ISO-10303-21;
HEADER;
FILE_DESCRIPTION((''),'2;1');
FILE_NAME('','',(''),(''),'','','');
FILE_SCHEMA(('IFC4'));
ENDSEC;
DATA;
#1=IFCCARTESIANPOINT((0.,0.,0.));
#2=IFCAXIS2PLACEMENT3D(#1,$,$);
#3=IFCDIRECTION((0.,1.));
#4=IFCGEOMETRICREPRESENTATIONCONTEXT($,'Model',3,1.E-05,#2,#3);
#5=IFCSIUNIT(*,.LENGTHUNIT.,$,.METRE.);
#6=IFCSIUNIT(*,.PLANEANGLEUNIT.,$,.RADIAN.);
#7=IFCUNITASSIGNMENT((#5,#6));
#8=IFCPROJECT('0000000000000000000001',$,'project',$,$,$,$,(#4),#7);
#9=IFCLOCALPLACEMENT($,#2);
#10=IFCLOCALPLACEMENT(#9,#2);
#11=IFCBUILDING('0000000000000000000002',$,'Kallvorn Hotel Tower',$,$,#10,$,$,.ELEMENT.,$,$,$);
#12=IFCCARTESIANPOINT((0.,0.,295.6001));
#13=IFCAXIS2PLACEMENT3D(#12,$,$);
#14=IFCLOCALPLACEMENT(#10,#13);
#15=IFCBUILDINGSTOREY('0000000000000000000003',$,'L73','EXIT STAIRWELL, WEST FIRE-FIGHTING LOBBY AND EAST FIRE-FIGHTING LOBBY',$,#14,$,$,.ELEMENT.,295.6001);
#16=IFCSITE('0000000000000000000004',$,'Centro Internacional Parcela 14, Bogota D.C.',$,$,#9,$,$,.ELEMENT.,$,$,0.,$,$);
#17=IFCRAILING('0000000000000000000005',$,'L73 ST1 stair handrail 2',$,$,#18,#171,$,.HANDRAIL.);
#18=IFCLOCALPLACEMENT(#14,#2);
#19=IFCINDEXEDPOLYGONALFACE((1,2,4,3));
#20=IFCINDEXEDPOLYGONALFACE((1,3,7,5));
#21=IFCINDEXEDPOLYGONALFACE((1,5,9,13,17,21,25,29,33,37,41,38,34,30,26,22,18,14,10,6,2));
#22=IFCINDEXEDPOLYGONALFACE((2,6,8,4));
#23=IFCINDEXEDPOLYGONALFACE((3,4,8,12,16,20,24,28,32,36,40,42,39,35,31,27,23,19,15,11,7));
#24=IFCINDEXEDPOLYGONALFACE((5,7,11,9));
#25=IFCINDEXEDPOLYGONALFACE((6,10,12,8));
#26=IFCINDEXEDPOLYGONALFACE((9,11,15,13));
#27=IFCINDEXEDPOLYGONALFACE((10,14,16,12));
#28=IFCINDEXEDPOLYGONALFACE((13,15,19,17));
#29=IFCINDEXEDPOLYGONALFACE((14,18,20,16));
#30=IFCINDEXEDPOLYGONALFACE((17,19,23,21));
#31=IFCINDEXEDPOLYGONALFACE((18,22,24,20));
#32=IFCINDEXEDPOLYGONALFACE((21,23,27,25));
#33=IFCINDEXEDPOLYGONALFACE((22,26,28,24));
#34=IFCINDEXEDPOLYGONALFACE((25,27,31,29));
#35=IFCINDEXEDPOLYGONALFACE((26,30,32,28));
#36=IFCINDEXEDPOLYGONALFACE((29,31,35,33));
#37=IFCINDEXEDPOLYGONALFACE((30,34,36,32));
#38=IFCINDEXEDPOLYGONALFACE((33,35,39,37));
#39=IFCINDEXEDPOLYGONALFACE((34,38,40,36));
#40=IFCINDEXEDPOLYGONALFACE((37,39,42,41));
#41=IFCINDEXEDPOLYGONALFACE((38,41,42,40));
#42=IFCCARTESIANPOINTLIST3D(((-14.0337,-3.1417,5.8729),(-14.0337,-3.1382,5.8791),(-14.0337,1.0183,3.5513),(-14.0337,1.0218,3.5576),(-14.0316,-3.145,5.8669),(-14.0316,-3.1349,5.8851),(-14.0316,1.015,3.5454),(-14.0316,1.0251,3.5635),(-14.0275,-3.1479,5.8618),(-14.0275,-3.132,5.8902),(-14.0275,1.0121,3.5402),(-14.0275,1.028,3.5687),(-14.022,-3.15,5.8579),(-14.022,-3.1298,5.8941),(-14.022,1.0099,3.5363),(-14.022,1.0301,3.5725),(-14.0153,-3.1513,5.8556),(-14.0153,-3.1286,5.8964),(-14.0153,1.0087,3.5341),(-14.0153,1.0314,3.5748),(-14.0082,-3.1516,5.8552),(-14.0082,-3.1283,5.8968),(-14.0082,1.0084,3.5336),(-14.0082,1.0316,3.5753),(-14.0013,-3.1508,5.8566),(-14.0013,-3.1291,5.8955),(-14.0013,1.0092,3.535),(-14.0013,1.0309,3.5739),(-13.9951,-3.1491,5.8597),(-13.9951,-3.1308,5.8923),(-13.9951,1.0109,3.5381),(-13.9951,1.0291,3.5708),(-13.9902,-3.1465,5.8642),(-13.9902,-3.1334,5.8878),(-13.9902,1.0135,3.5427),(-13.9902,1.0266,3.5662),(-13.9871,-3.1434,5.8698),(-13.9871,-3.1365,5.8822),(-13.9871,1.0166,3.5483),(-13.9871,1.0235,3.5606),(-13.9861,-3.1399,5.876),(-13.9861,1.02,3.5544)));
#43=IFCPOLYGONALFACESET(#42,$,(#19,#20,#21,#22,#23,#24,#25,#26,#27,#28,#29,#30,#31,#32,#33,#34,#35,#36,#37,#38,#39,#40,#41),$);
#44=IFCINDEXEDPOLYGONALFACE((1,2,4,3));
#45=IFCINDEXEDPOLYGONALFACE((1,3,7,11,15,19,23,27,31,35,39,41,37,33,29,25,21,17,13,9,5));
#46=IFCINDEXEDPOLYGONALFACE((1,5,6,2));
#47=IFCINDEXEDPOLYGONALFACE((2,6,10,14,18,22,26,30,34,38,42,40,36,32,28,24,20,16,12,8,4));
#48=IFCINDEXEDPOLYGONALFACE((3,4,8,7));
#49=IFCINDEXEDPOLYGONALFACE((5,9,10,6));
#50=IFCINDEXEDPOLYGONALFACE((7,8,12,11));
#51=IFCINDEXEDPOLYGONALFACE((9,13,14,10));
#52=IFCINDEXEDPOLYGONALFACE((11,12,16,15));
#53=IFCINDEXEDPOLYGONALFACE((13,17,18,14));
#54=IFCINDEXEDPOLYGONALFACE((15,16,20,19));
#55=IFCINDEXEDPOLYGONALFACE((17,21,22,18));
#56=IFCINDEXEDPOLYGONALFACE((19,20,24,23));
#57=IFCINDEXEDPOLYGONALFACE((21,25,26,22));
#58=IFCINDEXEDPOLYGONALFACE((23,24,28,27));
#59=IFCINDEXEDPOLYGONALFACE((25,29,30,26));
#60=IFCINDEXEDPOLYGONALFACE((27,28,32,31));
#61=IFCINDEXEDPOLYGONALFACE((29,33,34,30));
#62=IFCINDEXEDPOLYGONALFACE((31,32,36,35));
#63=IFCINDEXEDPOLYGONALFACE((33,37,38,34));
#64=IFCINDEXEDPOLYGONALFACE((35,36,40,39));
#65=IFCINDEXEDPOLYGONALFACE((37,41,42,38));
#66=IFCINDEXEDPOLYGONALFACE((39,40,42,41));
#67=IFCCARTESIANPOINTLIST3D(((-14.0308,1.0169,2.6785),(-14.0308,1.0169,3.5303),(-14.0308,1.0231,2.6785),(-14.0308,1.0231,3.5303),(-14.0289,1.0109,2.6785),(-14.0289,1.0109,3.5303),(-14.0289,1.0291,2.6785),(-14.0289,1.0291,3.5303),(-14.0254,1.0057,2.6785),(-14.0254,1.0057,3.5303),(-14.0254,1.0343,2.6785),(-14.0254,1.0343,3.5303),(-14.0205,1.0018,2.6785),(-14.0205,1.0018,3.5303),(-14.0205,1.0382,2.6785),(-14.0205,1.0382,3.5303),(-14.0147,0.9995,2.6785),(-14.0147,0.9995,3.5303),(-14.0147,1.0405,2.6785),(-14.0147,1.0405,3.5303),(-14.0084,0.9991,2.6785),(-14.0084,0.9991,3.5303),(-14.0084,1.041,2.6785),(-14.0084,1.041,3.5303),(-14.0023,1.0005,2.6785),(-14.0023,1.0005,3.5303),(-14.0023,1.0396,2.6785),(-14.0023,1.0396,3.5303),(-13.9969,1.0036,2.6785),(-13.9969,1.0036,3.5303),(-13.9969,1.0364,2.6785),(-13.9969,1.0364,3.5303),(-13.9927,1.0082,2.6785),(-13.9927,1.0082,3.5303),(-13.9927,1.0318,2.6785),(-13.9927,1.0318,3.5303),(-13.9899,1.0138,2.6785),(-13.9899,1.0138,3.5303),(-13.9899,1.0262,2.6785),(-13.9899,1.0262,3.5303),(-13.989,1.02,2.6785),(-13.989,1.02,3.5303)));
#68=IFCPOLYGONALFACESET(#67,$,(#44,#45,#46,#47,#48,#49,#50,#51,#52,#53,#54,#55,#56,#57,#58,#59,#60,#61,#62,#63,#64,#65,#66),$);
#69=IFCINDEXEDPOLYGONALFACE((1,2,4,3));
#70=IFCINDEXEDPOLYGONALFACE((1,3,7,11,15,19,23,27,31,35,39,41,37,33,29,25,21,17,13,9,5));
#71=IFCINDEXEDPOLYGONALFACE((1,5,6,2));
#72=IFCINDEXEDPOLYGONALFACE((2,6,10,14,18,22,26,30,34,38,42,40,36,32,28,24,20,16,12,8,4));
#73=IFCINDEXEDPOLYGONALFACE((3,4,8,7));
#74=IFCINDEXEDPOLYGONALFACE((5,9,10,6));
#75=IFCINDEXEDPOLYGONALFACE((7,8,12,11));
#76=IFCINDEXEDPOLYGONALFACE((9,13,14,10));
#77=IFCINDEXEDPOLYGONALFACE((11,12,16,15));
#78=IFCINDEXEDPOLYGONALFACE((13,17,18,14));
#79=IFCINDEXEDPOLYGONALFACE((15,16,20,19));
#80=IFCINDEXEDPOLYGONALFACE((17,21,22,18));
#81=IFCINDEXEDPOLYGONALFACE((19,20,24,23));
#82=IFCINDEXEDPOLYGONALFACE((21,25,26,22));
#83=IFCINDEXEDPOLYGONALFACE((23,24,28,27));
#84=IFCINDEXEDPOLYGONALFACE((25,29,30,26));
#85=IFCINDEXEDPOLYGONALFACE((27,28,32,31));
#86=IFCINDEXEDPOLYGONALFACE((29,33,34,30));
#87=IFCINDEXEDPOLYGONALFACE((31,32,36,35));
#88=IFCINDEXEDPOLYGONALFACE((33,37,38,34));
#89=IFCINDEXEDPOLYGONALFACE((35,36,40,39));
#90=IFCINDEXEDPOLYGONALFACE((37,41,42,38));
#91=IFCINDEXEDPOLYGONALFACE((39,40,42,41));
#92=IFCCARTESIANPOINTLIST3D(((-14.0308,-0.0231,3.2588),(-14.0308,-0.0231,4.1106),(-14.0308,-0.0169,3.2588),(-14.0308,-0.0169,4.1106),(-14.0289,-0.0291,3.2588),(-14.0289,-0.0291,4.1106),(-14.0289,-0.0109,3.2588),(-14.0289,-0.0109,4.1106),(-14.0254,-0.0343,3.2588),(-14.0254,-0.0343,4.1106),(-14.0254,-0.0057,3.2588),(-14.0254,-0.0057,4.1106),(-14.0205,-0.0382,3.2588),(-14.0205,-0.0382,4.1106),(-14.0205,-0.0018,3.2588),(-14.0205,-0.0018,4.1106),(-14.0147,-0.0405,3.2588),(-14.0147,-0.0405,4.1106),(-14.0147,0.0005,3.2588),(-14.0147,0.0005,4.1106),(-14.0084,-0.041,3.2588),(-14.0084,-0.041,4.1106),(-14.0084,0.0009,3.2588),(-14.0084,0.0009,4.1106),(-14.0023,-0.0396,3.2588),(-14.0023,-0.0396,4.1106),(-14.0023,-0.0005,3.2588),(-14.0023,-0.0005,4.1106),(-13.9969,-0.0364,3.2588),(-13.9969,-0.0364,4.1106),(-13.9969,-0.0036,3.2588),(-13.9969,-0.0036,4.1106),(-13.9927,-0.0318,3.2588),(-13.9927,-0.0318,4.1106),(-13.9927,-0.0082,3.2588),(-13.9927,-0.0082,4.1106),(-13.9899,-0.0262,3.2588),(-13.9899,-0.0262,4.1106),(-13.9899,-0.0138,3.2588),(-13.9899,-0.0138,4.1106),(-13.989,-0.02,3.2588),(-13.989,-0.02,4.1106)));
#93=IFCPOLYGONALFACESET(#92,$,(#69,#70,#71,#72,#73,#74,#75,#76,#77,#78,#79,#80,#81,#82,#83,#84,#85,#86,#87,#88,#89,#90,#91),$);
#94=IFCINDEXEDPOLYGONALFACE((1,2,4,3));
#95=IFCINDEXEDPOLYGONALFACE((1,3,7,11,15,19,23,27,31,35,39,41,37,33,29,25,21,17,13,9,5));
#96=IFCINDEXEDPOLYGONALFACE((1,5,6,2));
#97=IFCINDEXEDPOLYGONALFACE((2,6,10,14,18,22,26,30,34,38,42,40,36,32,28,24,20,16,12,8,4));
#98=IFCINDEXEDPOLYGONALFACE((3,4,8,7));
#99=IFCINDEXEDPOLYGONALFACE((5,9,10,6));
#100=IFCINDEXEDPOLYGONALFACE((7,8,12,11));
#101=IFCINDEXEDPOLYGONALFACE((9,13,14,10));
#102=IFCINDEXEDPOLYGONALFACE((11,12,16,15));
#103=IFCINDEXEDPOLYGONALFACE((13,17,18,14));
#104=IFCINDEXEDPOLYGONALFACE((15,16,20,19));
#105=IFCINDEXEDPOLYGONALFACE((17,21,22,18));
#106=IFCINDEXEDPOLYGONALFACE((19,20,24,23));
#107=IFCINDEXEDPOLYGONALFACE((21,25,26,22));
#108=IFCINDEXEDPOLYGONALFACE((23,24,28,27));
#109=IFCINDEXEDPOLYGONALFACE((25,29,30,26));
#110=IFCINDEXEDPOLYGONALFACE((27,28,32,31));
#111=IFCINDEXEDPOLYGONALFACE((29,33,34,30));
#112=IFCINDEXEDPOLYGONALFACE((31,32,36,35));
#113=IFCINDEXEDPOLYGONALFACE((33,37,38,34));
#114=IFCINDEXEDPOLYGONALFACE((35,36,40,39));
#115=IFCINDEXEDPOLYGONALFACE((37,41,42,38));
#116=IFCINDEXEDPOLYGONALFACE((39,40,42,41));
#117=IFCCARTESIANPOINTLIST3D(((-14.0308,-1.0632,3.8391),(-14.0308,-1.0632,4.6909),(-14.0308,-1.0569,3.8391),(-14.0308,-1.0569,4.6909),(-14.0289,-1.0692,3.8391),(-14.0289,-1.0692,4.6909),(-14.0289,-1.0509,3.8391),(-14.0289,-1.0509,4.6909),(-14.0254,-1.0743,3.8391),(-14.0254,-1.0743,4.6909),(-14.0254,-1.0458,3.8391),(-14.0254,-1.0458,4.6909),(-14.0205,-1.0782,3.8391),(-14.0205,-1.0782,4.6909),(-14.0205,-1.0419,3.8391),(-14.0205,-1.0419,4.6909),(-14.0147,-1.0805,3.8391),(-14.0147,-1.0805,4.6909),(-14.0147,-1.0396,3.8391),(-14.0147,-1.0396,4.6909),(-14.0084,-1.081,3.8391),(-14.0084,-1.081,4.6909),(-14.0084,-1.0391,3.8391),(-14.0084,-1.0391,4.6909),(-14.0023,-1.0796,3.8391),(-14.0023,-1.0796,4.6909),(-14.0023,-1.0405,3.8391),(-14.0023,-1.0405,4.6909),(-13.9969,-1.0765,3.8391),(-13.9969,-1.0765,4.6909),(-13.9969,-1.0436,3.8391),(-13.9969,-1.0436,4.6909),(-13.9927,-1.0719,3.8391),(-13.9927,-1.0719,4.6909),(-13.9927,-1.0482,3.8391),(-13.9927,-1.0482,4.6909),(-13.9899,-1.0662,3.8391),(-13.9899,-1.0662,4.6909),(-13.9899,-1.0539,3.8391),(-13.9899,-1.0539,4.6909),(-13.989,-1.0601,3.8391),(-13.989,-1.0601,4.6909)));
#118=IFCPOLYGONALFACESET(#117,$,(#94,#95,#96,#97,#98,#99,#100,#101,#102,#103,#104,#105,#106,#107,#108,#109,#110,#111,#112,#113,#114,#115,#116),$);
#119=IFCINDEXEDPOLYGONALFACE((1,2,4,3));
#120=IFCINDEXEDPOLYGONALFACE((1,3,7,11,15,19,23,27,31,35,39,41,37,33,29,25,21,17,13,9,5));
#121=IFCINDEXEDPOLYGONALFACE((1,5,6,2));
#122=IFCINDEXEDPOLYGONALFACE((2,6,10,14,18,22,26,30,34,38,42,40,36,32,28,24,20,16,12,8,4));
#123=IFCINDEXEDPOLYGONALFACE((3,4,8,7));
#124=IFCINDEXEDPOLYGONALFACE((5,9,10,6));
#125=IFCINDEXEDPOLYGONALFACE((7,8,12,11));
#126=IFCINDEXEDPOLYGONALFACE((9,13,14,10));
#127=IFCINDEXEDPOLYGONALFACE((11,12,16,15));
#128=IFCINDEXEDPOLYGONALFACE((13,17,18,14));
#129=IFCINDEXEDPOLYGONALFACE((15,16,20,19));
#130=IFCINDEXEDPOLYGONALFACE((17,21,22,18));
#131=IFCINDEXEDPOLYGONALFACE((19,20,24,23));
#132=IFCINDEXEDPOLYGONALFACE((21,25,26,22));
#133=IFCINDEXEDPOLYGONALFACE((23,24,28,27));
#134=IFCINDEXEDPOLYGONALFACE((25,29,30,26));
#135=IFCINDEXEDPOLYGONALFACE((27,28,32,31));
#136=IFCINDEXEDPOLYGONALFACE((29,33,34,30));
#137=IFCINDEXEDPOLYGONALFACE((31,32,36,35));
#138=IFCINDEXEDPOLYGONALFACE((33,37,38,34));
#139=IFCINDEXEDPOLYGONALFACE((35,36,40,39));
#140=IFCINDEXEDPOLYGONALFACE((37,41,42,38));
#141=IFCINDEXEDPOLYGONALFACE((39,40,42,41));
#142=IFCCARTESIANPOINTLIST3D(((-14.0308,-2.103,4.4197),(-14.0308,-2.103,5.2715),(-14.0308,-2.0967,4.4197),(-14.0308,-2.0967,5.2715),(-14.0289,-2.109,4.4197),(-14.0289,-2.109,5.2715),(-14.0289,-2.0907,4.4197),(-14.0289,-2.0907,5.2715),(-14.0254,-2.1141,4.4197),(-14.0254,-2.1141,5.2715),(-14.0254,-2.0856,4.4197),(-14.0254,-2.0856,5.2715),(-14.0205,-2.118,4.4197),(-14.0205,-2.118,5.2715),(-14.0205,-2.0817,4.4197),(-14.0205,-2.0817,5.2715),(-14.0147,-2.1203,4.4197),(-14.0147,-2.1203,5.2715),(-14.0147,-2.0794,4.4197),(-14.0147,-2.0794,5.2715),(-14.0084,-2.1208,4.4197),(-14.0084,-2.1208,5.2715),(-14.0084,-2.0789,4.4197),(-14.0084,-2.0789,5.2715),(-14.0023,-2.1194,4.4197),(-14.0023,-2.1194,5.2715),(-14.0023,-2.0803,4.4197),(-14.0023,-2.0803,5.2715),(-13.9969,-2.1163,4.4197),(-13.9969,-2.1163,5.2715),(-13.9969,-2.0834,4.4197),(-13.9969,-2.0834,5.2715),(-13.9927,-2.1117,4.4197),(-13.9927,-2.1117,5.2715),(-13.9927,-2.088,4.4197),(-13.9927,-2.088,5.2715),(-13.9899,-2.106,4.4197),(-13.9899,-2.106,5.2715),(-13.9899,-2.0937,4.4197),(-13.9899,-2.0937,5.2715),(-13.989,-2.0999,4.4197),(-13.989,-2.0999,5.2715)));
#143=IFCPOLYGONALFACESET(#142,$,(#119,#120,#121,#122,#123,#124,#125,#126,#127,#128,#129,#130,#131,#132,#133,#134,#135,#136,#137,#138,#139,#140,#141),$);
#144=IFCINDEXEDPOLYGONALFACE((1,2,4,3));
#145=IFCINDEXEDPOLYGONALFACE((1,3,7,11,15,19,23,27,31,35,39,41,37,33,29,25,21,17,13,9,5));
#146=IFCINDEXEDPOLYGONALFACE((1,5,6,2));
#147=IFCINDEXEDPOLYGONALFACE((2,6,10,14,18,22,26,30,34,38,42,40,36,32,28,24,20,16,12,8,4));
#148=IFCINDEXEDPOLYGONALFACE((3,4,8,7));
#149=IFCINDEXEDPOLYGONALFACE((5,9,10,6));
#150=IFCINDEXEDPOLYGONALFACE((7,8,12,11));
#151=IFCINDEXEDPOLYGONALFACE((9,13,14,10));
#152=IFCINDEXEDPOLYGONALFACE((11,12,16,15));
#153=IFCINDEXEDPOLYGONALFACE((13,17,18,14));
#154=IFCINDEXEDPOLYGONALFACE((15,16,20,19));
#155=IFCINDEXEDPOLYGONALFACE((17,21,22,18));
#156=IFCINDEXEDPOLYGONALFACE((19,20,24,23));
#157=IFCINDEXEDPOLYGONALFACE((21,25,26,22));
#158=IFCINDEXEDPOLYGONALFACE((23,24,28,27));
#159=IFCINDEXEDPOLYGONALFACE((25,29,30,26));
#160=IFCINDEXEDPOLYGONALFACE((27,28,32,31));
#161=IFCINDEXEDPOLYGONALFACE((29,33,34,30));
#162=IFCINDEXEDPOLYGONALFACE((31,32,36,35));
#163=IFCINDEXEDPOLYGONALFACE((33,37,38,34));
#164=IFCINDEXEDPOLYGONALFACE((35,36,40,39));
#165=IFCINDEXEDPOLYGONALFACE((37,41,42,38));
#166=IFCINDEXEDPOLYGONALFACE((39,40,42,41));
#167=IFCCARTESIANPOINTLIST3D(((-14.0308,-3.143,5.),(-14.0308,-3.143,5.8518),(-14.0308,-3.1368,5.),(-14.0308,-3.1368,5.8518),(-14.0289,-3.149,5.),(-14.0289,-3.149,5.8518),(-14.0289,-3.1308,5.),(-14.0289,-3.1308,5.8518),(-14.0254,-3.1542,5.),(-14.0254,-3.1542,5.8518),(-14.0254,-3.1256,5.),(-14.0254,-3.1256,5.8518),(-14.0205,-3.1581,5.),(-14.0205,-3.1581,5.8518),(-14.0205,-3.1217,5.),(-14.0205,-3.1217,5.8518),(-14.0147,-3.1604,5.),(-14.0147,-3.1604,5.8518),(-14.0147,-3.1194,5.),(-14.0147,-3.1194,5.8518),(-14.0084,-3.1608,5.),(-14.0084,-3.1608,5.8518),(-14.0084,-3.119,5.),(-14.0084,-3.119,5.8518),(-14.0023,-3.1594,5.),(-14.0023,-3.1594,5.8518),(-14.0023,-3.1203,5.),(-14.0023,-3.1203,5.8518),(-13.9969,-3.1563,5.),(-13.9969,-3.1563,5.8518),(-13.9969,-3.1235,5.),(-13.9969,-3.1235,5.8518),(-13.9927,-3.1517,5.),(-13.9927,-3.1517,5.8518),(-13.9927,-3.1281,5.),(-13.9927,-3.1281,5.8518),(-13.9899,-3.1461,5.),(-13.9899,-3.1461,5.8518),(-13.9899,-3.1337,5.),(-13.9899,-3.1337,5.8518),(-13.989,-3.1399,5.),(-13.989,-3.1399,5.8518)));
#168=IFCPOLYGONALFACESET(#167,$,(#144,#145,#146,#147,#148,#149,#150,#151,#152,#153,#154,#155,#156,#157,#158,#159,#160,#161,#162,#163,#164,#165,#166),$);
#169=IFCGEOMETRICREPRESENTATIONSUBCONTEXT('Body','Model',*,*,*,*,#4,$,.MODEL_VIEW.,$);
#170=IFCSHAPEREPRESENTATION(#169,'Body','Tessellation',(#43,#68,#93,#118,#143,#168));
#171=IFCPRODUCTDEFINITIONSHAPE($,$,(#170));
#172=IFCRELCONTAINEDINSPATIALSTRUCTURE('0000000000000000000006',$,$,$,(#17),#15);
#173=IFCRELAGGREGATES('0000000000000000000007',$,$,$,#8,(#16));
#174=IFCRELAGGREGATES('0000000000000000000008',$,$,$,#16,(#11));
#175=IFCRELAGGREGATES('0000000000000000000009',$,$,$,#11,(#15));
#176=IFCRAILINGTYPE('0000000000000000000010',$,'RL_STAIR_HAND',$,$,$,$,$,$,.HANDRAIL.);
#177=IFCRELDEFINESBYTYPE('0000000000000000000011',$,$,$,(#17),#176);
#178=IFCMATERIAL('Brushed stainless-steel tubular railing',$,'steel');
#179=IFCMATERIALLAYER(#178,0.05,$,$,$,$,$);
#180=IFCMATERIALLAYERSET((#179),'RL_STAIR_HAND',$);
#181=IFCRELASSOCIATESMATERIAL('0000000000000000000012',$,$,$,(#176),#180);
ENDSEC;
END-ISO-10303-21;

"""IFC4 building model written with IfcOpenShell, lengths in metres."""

from ifc_helpers import new_model, si_unit, direction, frame, origin, origin_2d, place, context, subcontext, project, spatial, circle, extrude, material, layer, layer_set, type_object, element, save


model = new_model("IFC4")

# Units and contexts
model_context = context("Model", 3, precision=1e-05, world=origin(), true_north=direction((0.0, 1.0)))
body_context = subcontext(model_context, "Body", "Model", "MODEL_VIEW")
ifc_project = project(units=[si_unit("LENGTHUNIT", "METRE"), si_unit("PLANEANGLEUNIT", "RADIAN")], contexts=[model_context])

# Site, building, storey
site_placement = place(None, origin())
site = spatial("IfcSite", under=ifc_project, at=site_placement, Name="Centro Internacional Parcela 14, Bogota D.C.", CompositionType="ELEMENT", RefElevation=0.0)
building_placement = place(site_placement, origin())
building = spatial("IfcBuilding", under=site, at=building_placement, Name="Kallvorn Hotel Tower", CompositionType="ELEMENT")
storey_placement = place(building_placement, frame((0.0, 0.0, 295.6001)))
storey = spatial("IfcBuildingStorey", under=building, at=storey_placement, Name="L73", Description="EXIT STAIRWELL, WEST FIRE-FIGHTING LOBBY AND EAST FIRE-FIGHTING LOBBY", CompositionType="ELEMENT", Elevation=295.6001)

# Railing
ifc_material_1 = material(Name="Brushed stainless-steel tubular railing", Category="steel")
ifc_layer_1 = layer(ifc_material_1, 0.05)
ifc_layer_set_1 = layer_set([ifc_layer_1], Name="RL_STAIR_HAND")
railing_type = type_object("IfcRailingType", Name="RL_STAIR_HAND", PredefinedType="HANDRAIL", material=ifc_layer_set_1)
railing_placement = place(storey_placement, frame((-14.01, 1.02, 2.6785)))
element("IfcRailing", 1, at=railing_placement, inside=storey, type_object=railing_type, Name="L73 ST1 stair handrail 2", PredefinedType="HANDRAIL", context=body_context, shape_type="SweptSolid", body=[
    extrude(circle(Radius=0.0239, at=origin_2d()), frame((0.0, 0.0, 0.876), z_axis=(0.0, -0.873223, 0.487322), x_axis=(1.0, 0.0, 0.0)), (0.0, 0.0, 1.0), 4.7639),
    extrude(circle(Radius=0.021, at=origin_2d()), origin(), (0.0, 0.0, 1.0), 0.8518),
    extrude(circle(Radius=0.021, at=origin_2d()), frame((0.0, -1.04, 0.5803)), (0.0, 0.0, 1.0), 0.8518),
    extrude(circle(Radius=0.021, at=origin_2d()), frame((0.0, -2.0801, 1.1606)), (0.0, 0.0, 1.0), 0.8518),
    extrude(circle(Radius=0.021, at=origin_2d()), frame((0.0, -3.1199, 1.7412)), (0.0, 0.0, 1.0), 0.8518),
    extrude(circle(Radius=0.021, at=origin_2d()), frame((0.0, -4.1599, 2.3215)), (0.0, 0.0, 1.0), 0.8518),
])

save(model, "model.ifc")
